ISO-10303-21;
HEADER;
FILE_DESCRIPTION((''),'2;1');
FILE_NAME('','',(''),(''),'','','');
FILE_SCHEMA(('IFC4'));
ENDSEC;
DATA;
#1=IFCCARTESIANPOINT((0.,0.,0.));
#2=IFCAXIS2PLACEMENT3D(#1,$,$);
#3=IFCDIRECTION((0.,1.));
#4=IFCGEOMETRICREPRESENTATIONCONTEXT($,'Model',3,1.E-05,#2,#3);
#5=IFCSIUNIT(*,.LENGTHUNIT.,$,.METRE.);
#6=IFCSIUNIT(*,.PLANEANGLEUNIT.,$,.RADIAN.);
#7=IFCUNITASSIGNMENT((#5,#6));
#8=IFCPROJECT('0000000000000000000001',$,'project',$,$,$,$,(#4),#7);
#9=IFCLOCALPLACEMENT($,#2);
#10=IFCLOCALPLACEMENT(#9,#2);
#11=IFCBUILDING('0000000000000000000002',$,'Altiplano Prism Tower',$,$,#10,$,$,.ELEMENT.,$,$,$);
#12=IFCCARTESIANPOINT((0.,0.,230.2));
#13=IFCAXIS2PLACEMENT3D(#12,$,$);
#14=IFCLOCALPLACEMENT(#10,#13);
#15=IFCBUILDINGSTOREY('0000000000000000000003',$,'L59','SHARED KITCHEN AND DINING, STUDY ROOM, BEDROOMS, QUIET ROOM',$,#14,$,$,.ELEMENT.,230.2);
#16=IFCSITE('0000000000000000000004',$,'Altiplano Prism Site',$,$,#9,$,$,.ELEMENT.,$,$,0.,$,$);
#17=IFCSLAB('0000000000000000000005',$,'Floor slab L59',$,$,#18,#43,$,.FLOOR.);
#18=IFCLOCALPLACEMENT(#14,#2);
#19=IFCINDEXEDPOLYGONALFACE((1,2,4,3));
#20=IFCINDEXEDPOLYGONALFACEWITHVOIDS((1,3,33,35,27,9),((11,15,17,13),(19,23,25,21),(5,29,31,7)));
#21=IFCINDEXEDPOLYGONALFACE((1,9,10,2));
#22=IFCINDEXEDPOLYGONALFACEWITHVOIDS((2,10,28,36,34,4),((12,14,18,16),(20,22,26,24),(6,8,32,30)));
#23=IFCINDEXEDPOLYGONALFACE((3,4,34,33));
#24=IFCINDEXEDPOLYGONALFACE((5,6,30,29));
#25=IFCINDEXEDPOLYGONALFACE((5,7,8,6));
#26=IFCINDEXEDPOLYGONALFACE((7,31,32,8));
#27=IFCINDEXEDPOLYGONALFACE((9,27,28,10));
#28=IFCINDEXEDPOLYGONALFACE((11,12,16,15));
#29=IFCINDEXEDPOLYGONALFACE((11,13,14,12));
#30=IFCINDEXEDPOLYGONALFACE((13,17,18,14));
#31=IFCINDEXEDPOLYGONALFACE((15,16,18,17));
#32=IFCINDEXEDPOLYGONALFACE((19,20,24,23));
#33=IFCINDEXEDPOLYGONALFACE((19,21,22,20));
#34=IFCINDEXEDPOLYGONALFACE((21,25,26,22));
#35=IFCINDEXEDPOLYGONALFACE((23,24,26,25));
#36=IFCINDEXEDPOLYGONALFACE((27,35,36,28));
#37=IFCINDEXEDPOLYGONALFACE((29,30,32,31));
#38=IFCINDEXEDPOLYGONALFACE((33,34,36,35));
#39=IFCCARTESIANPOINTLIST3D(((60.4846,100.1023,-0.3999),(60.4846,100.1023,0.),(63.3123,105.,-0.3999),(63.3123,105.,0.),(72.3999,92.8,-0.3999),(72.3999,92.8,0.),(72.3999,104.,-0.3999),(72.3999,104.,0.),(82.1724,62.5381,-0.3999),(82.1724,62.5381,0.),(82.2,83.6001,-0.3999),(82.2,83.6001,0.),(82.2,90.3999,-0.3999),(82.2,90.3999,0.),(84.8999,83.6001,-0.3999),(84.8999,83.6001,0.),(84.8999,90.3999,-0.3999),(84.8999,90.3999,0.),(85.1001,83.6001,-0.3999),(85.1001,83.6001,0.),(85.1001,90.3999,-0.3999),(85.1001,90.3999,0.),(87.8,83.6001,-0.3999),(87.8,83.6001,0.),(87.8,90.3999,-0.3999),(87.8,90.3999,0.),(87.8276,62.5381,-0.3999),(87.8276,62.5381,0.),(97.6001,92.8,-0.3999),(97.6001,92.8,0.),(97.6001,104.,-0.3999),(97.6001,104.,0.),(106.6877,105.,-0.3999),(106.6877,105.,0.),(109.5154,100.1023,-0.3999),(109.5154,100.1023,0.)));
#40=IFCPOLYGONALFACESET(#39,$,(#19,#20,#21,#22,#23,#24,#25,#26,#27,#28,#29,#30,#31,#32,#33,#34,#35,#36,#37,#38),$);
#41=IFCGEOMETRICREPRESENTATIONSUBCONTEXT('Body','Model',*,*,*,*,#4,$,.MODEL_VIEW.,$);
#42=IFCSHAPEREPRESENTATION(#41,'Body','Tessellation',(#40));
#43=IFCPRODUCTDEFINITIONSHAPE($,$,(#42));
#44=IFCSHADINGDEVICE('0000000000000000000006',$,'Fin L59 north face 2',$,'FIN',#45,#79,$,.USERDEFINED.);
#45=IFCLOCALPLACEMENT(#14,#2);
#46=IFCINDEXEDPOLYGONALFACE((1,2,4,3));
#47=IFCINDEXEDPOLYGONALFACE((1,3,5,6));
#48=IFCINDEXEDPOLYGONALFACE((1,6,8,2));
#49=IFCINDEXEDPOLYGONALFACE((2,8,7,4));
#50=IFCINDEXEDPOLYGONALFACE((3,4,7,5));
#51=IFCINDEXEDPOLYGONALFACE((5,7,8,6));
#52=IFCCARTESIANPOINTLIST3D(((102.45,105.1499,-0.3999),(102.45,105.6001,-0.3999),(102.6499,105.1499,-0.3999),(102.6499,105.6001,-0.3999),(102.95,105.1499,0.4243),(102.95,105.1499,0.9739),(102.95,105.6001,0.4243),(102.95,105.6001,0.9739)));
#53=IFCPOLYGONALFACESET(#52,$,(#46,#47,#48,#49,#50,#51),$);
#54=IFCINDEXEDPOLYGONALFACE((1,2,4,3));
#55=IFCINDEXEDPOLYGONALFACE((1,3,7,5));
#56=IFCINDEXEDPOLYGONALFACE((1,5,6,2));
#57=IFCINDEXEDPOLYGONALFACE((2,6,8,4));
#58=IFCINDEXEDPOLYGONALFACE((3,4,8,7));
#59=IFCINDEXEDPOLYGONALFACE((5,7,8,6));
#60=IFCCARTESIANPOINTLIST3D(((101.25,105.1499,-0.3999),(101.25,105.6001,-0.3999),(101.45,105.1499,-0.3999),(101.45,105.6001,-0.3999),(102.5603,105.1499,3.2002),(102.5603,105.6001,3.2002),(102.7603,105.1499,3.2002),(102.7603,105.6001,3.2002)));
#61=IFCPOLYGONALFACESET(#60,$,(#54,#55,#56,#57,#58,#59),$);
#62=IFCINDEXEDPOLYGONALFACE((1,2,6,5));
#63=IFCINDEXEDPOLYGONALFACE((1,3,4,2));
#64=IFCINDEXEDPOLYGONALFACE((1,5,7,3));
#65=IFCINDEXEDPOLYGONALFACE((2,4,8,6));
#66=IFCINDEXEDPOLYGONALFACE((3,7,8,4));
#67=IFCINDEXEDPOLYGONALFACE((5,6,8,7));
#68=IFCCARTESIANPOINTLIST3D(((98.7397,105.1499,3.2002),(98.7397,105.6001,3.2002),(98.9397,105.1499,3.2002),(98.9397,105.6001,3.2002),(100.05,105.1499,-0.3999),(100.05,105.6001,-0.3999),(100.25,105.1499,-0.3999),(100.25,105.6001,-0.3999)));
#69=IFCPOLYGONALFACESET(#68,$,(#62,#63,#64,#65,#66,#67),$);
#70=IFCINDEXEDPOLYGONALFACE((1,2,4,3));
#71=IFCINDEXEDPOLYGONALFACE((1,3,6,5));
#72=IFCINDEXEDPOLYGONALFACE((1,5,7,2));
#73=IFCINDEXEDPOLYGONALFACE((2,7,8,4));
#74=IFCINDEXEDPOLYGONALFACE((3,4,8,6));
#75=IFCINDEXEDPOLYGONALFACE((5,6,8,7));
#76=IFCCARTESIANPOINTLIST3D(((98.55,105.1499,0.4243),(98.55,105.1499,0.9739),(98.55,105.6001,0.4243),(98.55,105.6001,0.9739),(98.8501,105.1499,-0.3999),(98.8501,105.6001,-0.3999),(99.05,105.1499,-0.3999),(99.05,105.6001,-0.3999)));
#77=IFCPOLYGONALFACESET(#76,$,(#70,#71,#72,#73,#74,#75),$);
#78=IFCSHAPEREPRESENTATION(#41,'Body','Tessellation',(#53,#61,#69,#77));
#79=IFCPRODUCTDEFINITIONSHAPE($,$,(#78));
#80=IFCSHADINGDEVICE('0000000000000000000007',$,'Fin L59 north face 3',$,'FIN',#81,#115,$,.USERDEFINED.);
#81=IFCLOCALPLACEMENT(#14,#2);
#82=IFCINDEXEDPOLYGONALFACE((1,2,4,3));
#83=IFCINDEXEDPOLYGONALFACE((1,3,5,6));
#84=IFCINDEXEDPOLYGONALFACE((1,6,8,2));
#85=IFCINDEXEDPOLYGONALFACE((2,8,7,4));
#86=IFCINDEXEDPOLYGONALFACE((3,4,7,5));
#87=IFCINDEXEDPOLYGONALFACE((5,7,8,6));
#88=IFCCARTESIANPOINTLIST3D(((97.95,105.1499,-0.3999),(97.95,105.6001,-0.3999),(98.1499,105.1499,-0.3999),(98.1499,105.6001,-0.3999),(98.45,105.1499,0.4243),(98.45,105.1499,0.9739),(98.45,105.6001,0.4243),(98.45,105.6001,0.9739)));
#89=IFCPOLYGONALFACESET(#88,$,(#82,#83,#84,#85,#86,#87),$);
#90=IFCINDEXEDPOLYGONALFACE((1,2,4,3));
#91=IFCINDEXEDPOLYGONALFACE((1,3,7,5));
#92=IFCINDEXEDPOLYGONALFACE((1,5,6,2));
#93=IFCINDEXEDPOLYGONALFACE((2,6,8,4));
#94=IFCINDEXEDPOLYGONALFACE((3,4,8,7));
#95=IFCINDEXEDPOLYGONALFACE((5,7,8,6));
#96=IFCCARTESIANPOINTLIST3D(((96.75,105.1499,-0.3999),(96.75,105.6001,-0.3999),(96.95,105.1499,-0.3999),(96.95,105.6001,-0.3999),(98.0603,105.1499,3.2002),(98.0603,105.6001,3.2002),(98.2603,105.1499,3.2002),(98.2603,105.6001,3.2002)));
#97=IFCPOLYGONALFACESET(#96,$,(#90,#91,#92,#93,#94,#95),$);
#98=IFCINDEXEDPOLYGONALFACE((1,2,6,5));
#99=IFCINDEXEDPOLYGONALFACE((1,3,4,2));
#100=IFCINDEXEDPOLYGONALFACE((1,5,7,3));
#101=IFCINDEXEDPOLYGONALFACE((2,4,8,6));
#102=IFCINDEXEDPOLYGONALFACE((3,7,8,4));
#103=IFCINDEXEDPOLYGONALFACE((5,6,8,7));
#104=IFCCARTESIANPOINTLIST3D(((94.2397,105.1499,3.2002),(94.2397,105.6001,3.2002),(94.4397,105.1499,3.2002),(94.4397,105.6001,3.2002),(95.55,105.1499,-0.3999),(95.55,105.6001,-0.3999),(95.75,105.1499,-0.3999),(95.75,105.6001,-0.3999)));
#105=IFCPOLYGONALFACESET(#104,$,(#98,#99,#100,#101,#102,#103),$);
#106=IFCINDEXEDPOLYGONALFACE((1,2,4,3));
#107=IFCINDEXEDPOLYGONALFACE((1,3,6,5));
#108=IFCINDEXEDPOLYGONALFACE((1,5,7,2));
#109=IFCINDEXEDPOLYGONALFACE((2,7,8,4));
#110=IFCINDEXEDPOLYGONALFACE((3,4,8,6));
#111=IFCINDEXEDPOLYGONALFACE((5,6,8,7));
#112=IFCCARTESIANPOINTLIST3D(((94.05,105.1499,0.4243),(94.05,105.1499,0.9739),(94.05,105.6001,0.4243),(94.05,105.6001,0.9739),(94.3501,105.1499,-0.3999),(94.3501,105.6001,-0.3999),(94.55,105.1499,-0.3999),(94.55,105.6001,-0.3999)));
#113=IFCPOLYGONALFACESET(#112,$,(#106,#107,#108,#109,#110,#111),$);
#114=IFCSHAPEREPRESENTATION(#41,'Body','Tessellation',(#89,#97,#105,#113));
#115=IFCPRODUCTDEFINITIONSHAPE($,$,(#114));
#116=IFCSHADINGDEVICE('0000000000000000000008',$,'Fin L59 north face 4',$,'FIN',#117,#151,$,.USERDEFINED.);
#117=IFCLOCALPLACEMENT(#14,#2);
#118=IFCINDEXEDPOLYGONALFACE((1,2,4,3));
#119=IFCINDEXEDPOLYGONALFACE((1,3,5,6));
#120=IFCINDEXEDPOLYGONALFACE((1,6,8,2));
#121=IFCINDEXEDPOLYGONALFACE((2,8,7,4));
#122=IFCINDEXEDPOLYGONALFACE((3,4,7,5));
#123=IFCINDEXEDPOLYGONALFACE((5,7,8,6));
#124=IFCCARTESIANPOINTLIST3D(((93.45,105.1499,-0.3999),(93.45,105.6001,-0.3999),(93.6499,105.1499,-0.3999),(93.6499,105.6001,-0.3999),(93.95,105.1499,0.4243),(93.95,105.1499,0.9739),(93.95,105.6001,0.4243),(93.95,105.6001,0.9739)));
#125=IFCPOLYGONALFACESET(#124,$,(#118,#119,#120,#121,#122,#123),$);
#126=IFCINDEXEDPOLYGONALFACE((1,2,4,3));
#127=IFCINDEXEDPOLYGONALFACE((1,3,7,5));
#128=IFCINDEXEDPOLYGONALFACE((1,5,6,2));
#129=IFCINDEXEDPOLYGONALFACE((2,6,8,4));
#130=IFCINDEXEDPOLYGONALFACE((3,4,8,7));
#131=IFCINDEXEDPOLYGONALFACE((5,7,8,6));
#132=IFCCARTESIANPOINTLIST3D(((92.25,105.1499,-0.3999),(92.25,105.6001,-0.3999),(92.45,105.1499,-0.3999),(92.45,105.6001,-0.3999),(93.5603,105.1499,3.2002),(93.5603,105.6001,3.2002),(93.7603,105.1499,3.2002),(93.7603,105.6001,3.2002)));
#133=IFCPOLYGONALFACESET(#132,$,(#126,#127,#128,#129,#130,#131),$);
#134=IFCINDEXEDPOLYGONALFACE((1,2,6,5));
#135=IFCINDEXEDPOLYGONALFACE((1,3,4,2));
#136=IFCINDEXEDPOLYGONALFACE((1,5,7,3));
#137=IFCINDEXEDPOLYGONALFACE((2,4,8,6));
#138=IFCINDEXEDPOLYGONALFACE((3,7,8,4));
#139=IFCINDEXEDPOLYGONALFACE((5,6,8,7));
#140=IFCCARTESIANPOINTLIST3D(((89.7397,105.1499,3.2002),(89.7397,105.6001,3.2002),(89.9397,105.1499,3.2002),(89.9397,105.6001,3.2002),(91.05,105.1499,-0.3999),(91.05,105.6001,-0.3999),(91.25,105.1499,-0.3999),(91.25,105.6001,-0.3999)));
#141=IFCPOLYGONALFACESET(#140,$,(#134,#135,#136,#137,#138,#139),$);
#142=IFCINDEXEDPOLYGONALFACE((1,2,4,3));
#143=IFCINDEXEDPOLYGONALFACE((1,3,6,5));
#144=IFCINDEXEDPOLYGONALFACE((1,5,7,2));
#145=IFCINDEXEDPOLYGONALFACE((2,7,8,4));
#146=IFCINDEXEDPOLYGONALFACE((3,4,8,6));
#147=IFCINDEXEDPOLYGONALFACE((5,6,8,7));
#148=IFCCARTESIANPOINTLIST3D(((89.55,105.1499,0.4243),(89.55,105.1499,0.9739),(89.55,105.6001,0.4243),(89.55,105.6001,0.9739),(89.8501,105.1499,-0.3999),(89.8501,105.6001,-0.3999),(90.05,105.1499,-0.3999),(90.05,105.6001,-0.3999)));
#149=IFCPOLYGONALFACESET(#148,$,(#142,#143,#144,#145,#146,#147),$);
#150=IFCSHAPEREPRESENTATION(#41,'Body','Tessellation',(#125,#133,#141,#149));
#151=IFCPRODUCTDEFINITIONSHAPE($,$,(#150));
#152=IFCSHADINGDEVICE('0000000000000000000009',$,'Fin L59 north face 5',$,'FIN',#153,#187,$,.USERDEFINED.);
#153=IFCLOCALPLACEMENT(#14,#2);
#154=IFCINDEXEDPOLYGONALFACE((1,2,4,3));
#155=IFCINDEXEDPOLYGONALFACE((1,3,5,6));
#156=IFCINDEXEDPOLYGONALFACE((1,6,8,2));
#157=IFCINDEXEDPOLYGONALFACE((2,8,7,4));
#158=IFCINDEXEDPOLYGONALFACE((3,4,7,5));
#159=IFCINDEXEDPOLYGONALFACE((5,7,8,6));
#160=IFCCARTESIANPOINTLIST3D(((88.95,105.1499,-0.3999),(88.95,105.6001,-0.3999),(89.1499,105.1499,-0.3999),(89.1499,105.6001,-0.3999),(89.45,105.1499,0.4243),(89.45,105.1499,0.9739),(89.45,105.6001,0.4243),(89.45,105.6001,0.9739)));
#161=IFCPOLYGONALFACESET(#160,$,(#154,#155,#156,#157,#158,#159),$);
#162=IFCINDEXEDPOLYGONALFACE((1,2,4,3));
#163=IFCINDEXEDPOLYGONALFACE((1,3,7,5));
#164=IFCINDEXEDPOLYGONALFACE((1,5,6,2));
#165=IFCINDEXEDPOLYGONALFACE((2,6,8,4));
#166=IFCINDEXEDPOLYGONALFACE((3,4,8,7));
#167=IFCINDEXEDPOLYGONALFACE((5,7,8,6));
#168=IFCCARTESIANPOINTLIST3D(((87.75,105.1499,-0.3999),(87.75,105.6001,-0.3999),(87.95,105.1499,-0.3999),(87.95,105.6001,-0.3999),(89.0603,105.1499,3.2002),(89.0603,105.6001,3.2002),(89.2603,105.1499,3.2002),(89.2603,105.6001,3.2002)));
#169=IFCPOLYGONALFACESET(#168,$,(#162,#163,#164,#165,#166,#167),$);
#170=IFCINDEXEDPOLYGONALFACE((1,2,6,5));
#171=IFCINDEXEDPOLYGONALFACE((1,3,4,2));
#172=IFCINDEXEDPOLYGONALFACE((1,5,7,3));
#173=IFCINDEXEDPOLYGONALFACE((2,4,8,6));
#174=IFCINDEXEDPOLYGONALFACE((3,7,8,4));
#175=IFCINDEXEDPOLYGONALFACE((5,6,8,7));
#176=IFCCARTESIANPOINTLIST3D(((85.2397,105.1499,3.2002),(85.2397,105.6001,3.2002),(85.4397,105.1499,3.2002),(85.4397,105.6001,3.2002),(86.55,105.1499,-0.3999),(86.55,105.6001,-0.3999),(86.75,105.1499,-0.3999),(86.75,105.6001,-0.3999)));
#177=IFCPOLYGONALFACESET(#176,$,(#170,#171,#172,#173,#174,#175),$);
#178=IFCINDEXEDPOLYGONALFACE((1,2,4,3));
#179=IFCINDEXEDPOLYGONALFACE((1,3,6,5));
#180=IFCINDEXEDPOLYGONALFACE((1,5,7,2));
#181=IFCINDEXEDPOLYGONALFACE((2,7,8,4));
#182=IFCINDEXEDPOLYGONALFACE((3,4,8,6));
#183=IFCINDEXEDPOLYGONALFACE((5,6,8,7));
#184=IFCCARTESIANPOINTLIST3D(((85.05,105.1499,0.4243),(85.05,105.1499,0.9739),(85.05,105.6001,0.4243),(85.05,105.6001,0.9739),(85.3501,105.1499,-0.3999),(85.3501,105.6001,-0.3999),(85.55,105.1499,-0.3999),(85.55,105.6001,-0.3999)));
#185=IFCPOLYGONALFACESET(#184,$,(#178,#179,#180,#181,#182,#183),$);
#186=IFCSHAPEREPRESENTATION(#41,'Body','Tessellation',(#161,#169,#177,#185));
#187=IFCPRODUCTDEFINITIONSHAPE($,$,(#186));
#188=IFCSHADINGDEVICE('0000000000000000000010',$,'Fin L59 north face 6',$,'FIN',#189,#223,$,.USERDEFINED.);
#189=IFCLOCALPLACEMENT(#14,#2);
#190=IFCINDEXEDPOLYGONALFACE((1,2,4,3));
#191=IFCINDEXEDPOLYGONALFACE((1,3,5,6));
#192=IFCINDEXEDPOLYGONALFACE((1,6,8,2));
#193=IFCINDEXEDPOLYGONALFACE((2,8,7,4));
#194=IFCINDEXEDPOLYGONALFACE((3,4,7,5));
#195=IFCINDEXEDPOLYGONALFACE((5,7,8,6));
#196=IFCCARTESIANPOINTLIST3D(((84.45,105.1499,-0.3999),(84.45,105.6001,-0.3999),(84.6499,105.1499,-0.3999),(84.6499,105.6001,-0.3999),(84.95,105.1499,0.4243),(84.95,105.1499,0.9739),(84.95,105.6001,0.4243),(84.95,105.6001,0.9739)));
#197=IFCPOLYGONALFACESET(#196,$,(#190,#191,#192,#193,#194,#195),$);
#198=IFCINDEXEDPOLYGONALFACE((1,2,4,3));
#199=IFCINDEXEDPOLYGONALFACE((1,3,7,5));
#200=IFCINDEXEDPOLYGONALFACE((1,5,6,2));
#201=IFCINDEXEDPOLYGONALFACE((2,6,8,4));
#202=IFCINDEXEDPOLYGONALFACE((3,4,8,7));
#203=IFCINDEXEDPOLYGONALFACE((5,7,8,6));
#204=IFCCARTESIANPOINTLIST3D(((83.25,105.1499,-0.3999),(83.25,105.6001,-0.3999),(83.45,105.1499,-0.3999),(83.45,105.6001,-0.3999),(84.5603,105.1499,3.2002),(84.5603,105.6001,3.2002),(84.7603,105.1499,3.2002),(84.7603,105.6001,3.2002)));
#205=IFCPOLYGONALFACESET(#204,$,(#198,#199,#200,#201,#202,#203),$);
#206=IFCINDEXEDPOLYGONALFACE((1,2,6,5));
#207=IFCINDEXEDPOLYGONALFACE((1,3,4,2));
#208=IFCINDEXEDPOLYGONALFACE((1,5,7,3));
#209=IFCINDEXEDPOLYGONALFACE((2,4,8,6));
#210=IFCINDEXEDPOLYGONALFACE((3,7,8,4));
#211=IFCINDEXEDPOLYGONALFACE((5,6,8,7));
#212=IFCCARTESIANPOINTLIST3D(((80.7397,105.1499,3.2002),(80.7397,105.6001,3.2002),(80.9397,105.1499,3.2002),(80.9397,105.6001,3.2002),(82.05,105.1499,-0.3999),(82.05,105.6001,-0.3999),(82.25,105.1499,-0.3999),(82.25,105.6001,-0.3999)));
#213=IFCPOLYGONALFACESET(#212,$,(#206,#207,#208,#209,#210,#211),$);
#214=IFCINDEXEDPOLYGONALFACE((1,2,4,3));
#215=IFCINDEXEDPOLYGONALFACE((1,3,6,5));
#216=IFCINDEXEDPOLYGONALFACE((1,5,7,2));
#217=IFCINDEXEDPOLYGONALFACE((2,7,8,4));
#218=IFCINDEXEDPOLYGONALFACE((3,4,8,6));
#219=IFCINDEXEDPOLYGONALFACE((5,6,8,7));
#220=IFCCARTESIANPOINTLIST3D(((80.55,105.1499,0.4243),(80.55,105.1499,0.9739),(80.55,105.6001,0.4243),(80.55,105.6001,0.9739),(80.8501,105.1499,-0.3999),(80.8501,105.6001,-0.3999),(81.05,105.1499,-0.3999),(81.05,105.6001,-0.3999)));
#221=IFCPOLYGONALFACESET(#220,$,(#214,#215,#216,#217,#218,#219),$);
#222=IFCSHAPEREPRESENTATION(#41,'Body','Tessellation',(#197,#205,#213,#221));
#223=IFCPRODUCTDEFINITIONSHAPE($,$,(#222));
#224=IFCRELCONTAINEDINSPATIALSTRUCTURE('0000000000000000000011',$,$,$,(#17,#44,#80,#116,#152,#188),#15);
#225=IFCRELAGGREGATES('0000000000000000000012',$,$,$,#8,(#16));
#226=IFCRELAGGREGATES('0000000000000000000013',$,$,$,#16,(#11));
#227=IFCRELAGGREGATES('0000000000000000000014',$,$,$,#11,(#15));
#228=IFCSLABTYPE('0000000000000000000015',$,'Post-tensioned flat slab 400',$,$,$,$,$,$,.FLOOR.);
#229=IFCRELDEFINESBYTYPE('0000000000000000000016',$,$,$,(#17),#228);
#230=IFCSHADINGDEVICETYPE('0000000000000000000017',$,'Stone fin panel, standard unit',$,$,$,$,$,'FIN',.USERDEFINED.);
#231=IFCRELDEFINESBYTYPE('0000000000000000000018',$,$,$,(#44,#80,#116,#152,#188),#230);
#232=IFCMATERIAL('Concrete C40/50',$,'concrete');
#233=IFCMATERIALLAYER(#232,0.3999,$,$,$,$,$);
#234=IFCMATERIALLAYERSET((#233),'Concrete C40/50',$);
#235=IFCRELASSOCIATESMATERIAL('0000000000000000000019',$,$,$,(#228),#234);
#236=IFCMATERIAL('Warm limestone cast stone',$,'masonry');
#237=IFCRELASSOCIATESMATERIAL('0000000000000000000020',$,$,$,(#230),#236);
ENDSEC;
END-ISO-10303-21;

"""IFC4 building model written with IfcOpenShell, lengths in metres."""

from ifc_helpers import new_model, si_unit, direction, frame, origin, place, context, subcontext, project, spatial, polyline, outline, extrude, source, transform, mapped, material, layer, layer_set, type_object, element, save


model = new_model("IFC4")

# Units and contexts
model_context = context("Model", 3, precision=1e-05, world=origin(), true_north=direction((0.0, 1.0)))
body_context = subcontext(model_context, "Body", "Model", "MODEL_VIEW")
ifc_project = project(units=[si_unit("LENGTHUNIT", "METRE"), si_unit("PLANEANGLEUNIT", "RADIAN")], contexts=[model_context])

# Site, building, storey
site_placement = place(None, origin())
site = spatial("IfcSite", under=ifc_project, at=site_placement, Name="Altiplano Prism Site", CompositionType="ELEMENT", RefElevation=0.0)
building_placement = place(site_placement, origin())
building = spatial("IfcBuilding", under=site, at=building_placement, Name="Altiplano Prism Tower", CompositionType="ELEMENT")
storey_placement = place(building_placement, frame((0.0, 0.0, 230.2)))
storey = spatial("IfcBuildingStorey", under=building, at=storey_placement, Name="L59", Description="SHARED KITCHEN AND DINING, STUDY ROOM, BEDROOMS, QUIET ROOM", CompositionType="ELEMENT", Elevation=230.2)

# Slab
ifc_material_1 = material(Name="Concrete C40/50", Category="concrete")
ifc_layer = layer(ifc_material_1, 0.3999)
ifc_layer_set = layer_set([ifc_layer], Name="Concrete C40/50")
slab_type = type_object("IfcSlabType", Name="Post-tensioned flat slab 400", PredefinedType="FLOOR", material=ifc_layer_set)
slab_placement = place(storey_placement, frame((0.0, 0.0, -0.3999)))
element("IfcSlab", 1, at=slab_placement, inside=storey, type_object=slab_type, Name="Floor slab L59", PredefinedType="FLOOR", context=body_context, shape_type="SweptSolid", body=[
    extrude(outline(polyline([(82.1724, 62.5381), (60.4846, 100.1023), (63.3123, 105.0), (106.6877, 105.0), (109.5154, 100.1023), (87.8276, 62.5381), (82.1724, 62.5381)]), holes=[polyline([(72.3999, 104.0), (72.3999, 92.8), (97.6001, 92.8), (97.6001, 104.0), (72.3999, 104.0)]), polyline([(84.8999, 90.3999), (82.2, 90.3999), (82.2, 83.6001), (84.8999, 83.6001), (84.8999, 90.3999)]), polyline([(87.8, 83.6001), (87.8, 90.3999), (85.1001, 90.3999), (85.1001, 83.6001), (87.8, 83.6001)])]), origin(), (0.0, 0.0, 1.0), 0.3999),
])

# Shading devices
ifc_material_2 = material(Name="Warm limestone cast stone", Category="masonry")
shading_device_type_1 = type_object("IfcShadingDeviceType", Name="Stone fin panel, standard unit", ElementType="FIN", PredefinedType="USERDEFINED", material=ifc_material_2)
shared_shape_1 = source(origin(), body_context, "Body", "SweptSolid", [
    extrude(outline(polyline([(-2.2, 1.3738), (-2.2, 0.8242), (-1.8999, 0.0), (-1.7, 0.0), (-2.2, 1.3738)])), frame((0.0, -0.1499, 0.0), z_axis=(0.0, -1.0, 0.0), x_axis=(1.0, 0.0, 0.0)), (0.0, 0.0, 1.0), 0.4502),
    extrude(outline(polyline([(-2.0103, 3.6001), (-0.7, 0.0), (-0.5, 0.0), (-1.8103, 3.6001), (-2.0103, 3.6001)])), frame((0.0, -0.1499, 0.0), z_axis=(0.0, -1.0, 0.0), x_axis=(1.0, 0.0, 0.0)), (0.0, 0.0, 1.0), 0.4502),
    extrude(outline(polyline([(1.8103, 3.6001), (0.5, 0.0), (0.7, 0.0), (2.0103, 3.6001), (1.8103, 3.6001)])), frame((0.0, -0.1499, 0.0), z_axis=(0.0, -1.0, 0.0), x_axis=(1.0, 0.0, 0.0)), (0.0, 0.0, 1.0), 0.4502),
    extrude(outline(polyline([(2.2, 0.8242), (2.2, 1.3738), (1.7, 0.0), (1.8999, 0.0), (2.2, 0.8242)])), frame((0.0, -0.1499, 0.0), z_axis=(0.0, -1.0, 0.0), x_axis=(1.0, 0.0, 0.0)), (0.0, 0.0, 1.0), 0.4502),
])
shading_device_1_placement = place(storey_placement, origin())
element("IfcShadingDevice", 2, at=shading_device_1_placement, inside=storey, type_object=shading_device_type_1, Name="Fin L59 north face 2", ObjectType="FIN", PredefinedType="USERDEFINED", context=body_context, shape_type="MappedRepresentation", body=[
    mapped(shared_shape_1, transform((100.75, 105.0, -0.3999), x_axis=(-1.0, 0.0, 0.0), y_axis=(0.0, -1.0, 0.0), z_axis=(0.0, 0.0, 1.0))),
])
shading_device_2_placement = place(storey_placement, origin())
element("IfcShadingDevice", 3, at=shading_device_2_placement, inside=storey, type_object=shading_device_type_1, Name="Fin L59 north face 3", ObjectType="FIN", PredefinedType="USERDEFINED", context=body_context, shape_type="MappedRepresentation", body=[
    mapped(shared_shape_1, transform((96.25, 105.0, -0.3999), x_axis=(-1.0, 0.0, 0.0), y_axis=(0.0, -1.0, 0.0), z_axis=(0.0, 0.0, 1.0))),
])
shading_device_3_placement = place(storey_placement, origin())
element("IfcShadingDevice", 4, at=shading_device_3_placement, inside=storey, type_object=shading_device_type_1, Name="Fin L59 north face 4", ObjectType="FIN", PredefinedType="USERDEFINED", context=body_context, shape_type="MappedRepresentation", body=[
    mapped(shared_shape_1, transform((91.75, 105.0, -0.3999), x_axis=(-1.0, 0.0, 0.0), y_axis=(0.0, -1.0, 0.0), z_axis=(0.0, 0.0, 1.0))),
])
shading_device_4_placement = place(storey_placement, origin())
element("IfcShadingDevice", 5, at=shading_device_4_placement, inside=storey, type_object=shading_device_type_1, Name="Fin L59 north face 5", ObjectType="FIN", PredefinedType="USERDEFINED", context=body_context, shape_type="MappedRepresentation", body=[
    mapped(shared_shape_1, transform((87.25, 105.0, -0.3999), x_axis=(-1.0, 0.0, 0.0), y_axis=(0.0, -1.0, 0.0), z_axis=(0.0, 0.0, 1.0))),
])
shading_device_5_placement = place(storey_placement, origin())
element("IfcShadingDevice", 6, at=shading_device_5_placement, inside=storey, type_object=shading_device_type_1, Name="Fin L59 north face 6", ObjectType="FIN", PredefinedType="USERDEFINED", context=body_context, shape_type="MappedRepresentation", body=[
    mapped(shared_shape_1, transform((82.75, 105.0, -0.3999), x_axis=(-1.0, 0.0, 0.0), y_axis=(0.0, -1.0, 0.0), z_axis=(0.0, 0.0, 1.0))),
])

save(model, "model.ifc")
